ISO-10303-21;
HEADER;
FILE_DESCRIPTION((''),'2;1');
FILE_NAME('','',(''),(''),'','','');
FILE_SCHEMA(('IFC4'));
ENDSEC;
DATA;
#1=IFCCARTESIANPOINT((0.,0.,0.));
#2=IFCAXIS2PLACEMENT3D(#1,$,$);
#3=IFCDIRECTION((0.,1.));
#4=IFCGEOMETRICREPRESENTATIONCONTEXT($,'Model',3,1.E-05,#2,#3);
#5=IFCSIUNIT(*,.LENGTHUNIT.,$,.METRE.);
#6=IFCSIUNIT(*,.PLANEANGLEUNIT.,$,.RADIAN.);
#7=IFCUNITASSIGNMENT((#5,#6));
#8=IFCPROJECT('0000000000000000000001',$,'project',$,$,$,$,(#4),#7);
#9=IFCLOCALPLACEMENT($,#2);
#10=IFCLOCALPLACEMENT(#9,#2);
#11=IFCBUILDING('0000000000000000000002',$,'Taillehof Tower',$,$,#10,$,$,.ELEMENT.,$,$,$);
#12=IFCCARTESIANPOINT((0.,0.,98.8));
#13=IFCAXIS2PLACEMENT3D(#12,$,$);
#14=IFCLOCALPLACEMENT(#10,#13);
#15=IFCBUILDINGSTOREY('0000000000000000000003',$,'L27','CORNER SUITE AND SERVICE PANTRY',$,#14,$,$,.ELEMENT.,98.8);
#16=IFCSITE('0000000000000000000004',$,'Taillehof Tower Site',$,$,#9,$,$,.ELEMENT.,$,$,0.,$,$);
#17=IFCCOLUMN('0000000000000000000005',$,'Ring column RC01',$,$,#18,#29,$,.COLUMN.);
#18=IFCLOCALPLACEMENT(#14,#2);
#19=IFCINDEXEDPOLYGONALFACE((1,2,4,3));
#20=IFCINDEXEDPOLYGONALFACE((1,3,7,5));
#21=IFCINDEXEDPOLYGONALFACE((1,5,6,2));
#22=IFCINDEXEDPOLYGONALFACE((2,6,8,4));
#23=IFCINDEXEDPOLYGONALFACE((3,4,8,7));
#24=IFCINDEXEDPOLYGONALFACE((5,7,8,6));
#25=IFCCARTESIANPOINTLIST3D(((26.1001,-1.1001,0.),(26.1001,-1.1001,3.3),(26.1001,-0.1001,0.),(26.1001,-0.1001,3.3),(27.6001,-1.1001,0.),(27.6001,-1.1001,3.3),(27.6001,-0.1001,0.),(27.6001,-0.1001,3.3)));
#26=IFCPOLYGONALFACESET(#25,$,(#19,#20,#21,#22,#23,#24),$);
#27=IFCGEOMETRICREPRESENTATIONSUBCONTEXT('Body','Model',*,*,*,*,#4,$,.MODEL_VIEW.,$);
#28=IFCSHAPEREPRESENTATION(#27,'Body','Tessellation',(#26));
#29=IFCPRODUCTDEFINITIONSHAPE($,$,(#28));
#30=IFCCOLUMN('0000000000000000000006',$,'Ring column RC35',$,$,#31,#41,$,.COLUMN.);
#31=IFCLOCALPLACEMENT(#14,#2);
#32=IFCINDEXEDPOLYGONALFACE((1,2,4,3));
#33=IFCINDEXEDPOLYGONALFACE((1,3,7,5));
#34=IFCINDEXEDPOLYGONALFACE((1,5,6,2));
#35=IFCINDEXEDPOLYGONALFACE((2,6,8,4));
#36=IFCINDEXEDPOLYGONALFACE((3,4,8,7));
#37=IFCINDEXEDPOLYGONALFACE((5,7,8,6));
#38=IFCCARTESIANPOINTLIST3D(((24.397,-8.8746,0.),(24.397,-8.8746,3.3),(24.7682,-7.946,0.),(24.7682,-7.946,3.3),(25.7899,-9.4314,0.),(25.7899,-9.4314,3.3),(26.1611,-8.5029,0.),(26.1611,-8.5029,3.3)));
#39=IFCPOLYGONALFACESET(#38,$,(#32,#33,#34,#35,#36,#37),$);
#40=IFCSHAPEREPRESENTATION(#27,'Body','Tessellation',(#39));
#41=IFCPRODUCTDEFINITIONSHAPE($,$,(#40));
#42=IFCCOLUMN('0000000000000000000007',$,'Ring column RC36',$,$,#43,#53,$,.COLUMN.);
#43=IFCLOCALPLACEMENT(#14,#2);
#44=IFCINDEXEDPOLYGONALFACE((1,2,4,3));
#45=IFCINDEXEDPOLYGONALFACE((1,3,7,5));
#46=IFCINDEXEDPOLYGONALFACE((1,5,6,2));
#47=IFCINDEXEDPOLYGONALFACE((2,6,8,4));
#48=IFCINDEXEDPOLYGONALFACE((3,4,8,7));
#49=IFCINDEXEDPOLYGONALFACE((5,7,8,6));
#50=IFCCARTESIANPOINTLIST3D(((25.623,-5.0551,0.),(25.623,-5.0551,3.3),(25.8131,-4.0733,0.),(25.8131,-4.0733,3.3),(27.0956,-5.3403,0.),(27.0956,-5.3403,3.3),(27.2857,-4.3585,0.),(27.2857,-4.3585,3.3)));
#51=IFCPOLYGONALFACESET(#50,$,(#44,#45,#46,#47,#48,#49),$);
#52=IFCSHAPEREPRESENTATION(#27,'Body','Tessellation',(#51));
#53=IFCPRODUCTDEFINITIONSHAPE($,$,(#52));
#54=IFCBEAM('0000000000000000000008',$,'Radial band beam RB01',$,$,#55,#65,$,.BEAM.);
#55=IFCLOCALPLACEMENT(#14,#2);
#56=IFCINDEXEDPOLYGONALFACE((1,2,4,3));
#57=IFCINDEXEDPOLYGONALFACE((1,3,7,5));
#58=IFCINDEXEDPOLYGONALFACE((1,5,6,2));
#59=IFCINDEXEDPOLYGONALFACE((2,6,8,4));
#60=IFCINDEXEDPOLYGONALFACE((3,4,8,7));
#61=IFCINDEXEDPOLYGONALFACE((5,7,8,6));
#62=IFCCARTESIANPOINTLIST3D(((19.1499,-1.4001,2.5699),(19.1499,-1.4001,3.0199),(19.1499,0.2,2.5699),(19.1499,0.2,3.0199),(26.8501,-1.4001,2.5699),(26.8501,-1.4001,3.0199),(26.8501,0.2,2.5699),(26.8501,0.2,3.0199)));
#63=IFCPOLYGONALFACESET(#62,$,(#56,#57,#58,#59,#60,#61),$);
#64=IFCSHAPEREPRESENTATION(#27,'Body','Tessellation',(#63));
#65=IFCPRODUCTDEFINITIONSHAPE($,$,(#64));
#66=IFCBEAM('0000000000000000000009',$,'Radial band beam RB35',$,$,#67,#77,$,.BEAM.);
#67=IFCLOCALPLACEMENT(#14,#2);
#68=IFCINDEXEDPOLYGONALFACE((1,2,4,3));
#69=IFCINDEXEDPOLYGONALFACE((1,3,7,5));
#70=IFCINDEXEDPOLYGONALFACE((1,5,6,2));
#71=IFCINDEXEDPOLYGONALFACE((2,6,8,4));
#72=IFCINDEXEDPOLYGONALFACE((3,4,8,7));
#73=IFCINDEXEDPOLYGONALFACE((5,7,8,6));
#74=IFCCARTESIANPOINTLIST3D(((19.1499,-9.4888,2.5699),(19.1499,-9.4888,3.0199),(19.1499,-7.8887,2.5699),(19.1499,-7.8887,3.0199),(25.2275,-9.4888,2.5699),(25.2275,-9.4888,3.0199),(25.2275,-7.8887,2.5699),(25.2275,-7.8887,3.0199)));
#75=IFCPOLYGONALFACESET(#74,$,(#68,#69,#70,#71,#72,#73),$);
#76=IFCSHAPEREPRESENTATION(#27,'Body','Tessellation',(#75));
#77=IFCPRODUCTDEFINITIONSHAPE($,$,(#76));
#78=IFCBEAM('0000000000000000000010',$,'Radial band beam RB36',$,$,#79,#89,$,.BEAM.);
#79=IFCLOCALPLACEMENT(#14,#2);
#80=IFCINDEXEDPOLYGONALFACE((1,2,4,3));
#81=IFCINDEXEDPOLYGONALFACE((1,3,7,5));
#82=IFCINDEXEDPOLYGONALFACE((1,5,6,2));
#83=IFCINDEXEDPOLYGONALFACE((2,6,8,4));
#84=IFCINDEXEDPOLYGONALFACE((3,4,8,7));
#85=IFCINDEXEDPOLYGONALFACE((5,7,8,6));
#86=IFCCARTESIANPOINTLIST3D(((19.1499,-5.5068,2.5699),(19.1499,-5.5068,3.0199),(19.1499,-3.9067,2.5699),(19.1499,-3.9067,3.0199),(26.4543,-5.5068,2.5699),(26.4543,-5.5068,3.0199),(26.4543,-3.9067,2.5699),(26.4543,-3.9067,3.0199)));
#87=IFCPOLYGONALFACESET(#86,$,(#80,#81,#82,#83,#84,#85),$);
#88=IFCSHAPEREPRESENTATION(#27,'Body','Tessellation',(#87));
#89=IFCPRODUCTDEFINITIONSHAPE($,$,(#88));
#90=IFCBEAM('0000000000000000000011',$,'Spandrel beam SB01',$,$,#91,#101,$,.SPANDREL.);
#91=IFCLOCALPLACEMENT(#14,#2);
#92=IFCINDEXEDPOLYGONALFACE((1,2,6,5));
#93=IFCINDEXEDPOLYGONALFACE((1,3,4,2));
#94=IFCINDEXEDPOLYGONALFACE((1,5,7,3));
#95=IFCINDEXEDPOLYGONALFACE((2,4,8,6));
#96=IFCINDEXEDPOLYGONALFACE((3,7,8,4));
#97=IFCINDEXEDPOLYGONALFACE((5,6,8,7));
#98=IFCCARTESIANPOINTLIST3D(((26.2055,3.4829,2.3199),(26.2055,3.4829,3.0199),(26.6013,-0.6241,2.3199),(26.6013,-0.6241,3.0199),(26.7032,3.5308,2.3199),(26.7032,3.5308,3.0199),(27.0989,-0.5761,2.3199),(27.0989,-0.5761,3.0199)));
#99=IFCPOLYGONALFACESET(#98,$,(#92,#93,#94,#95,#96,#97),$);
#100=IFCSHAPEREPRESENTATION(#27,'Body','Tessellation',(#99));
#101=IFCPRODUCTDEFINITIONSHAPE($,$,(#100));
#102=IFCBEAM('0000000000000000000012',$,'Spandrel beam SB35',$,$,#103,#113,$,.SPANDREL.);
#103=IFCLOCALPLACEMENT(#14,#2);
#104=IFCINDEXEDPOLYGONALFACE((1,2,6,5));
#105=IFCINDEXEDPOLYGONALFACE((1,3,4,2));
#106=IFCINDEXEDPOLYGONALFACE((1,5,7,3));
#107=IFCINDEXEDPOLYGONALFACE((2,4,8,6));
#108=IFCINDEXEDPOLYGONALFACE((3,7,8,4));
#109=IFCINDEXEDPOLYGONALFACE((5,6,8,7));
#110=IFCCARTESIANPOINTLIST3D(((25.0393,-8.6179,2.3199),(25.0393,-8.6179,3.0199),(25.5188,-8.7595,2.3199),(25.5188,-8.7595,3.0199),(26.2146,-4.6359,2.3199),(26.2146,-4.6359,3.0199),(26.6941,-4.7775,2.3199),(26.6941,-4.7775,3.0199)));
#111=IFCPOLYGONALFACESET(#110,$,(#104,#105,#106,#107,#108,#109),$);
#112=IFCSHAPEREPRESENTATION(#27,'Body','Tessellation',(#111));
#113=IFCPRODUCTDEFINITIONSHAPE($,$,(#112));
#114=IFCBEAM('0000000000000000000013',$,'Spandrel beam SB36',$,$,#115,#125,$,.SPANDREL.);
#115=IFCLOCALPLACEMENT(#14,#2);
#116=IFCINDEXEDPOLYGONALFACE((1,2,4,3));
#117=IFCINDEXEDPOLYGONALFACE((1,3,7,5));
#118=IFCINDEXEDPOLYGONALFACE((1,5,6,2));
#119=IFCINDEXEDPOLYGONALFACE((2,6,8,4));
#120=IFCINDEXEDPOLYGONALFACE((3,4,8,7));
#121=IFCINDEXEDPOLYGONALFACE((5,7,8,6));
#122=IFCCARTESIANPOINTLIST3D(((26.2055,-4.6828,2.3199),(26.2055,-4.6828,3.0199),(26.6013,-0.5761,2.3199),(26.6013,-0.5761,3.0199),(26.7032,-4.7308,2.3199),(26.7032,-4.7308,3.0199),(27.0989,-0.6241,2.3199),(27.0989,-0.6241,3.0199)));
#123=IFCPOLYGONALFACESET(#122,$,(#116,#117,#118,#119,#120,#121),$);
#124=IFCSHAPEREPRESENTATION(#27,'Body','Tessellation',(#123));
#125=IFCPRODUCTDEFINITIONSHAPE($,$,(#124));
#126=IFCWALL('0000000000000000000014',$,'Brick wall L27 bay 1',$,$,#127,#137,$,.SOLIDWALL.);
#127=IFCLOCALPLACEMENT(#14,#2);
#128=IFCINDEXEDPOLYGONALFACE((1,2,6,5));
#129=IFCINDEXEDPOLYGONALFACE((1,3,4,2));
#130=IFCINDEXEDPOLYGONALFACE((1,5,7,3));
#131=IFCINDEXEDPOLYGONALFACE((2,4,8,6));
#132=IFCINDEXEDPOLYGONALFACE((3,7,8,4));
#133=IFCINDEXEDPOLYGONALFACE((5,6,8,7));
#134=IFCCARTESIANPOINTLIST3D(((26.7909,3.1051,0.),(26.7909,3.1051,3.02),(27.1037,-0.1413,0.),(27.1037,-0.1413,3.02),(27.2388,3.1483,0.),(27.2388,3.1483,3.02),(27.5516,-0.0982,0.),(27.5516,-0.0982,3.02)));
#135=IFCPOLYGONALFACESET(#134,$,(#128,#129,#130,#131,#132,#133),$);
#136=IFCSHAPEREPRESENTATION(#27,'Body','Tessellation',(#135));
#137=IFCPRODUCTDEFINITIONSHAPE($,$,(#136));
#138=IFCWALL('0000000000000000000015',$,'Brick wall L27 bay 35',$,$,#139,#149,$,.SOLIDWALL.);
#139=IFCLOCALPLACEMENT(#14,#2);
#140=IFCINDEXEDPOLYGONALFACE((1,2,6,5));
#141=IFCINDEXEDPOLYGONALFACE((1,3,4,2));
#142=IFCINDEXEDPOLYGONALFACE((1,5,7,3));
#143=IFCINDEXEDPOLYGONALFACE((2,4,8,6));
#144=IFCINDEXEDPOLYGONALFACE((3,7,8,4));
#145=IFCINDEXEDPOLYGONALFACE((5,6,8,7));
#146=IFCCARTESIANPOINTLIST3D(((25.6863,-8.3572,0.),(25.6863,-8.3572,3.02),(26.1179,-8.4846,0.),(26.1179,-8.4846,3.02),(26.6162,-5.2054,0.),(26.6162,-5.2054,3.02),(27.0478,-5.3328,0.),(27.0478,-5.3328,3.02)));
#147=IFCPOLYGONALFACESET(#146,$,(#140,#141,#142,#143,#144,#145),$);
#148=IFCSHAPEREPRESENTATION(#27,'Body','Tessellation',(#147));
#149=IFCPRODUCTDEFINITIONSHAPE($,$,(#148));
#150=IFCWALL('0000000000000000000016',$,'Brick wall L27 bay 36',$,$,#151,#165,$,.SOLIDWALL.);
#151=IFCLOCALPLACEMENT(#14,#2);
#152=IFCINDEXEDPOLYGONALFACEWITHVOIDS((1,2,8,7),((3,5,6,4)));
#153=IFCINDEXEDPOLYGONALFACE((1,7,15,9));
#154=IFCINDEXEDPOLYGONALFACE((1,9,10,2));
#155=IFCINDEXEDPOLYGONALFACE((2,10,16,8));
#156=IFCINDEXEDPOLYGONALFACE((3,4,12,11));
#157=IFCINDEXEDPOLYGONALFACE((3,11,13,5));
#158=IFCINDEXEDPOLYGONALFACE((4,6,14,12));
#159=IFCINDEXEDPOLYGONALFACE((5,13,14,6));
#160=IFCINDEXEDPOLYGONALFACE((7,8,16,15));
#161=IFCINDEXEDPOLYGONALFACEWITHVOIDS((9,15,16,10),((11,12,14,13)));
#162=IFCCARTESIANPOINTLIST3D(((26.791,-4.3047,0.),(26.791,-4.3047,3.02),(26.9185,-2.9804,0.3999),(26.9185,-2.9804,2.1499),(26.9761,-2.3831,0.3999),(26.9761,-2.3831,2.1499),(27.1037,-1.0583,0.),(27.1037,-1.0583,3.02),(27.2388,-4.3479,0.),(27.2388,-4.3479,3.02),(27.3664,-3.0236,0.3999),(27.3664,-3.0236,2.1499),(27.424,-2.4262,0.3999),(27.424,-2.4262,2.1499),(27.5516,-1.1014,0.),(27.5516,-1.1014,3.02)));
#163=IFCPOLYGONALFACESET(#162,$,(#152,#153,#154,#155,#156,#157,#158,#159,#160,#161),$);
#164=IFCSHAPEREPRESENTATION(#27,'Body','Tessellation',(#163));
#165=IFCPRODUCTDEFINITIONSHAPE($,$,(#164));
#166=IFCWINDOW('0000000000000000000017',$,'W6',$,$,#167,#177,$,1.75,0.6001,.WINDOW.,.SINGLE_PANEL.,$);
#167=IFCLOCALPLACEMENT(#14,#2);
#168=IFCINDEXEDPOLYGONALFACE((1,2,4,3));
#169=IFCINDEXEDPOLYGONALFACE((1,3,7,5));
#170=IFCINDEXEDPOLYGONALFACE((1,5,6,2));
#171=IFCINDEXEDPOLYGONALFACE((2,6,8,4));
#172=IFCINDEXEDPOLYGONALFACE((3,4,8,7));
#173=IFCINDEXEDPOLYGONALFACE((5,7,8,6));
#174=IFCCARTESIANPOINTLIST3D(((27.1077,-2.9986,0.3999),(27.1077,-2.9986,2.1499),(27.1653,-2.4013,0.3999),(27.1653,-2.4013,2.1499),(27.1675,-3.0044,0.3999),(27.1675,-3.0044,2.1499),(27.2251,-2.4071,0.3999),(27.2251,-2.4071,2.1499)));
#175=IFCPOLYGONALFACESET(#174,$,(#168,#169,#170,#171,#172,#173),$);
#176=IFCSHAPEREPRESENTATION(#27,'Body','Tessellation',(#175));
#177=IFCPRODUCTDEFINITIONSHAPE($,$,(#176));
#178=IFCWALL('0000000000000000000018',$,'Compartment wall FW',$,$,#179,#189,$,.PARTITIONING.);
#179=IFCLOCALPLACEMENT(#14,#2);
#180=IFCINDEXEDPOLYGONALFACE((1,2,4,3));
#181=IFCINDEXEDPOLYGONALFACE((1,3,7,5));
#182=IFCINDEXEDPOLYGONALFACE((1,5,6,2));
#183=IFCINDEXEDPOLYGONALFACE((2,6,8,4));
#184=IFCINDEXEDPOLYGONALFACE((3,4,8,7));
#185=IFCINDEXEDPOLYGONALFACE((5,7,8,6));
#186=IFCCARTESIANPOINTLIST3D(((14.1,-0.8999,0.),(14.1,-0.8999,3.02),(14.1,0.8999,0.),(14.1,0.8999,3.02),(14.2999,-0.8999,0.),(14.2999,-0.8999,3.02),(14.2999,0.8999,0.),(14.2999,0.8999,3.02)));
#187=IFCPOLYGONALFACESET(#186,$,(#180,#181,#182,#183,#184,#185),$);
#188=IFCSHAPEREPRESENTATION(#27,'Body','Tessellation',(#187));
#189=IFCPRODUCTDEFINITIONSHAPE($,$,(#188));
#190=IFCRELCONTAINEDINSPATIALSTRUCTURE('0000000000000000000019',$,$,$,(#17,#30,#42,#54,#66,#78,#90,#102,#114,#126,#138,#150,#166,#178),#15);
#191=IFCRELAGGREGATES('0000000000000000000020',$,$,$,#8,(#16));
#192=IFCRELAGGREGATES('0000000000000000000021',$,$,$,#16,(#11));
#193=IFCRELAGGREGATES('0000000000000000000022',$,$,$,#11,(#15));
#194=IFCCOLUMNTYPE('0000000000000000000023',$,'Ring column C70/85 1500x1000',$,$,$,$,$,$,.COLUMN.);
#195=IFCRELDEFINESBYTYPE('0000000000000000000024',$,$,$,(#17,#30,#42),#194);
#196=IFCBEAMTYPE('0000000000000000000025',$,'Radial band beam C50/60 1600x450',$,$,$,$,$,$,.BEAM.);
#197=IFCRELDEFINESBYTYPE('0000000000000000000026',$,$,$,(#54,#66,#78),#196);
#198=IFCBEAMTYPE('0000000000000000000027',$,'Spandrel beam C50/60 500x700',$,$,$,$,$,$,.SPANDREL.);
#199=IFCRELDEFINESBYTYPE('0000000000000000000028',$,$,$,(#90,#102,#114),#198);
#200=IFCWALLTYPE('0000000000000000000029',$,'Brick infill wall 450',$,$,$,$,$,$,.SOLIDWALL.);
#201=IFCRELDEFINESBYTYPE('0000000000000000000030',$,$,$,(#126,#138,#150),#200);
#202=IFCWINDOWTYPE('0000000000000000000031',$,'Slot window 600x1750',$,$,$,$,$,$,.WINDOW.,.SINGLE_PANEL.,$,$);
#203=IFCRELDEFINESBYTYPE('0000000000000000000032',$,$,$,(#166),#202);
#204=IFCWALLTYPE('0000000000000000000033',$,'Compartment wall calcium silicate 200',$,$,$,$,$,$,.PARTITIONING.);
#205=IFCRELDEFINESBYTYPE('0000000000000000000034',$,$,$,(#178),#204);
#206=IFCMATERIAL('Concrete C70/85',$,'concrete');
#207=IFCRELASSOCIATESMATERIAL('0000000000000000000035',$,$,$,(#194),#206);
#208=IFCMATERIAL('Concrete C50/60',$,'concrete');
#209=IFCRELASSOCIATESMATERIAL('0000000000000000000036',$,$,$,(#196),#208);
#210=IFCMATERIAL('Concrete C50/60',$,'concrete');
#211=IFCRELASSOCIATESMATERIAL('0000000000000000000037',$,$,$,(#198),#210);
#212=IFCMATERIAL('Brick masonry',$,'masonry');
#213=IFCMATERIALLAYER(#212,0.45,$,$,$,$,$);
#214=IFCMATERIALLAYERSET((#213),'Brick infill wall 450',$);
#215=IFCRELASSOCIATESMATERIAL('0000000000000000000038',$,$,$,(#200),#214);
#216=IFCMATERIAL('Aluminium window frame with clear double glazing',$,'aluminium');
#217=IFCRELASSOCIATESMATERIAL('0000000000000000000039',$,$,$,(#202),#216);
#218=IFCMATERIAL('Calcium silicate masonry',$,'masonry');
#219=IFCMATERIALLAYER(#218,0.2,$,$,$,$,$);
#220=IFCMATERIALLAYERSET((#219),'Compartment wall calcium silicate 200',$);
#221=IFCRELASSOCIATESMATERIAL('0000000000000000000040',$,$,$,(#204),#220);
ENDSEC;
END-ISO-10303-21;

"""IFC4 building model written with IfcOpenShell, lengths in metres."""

from ifc_helpers import new_model, si_unit, direction, frame, frame_2d, origin, origin_2d, place, context, subcontext, project, spatial, rectangle, extrude, material, layer, layer_set, material_profile, profile_set, type_object, element, fill, save


model = new_model("IFC4")

# Units and contexts
model_context = context("Model", 3, precision=1e-05, world=origin(), true_north=direction((0.0, 1.0)))
body_context = subcontext(model_context, "Body", "Model", "MODEL_VIEW")
ifc_project = project(units=[si_unit("LENGTHUNIT", "METRE"), si_unit("PLANEANGLEUNIT", "RADIAN")], contexts=[model_context])

# Site, building, storey
site_placement = place(None, origin())
site = spatial("IfcSite", under=ifc_project, at=site_placement, Name="Taillehof Tower Site", CompositionType="ELEMENT", RefElevation=0.0)
building_placement = place(site_placement, origin())
building = spatial("IfcBuilding", under=site, at=building_placement, Name="Taillehof Tower", CompositionType="ELEMENT")
storey_placement = place(building_placement, frame((0.0, 0.0, 98.8)))
storey = spatial("IfcBuildingStorey", under=building, at=storey_placement, Name="L27", Description="CORNER SUITE AND SERVICE PANTRY", CompositionType="ELEMENT", Elevation=98.8)

# Columns
ifc_material_1 = material(Name="Concrete C70/85", Category="concrete")
ifc_material_profile_1 = material_profile(ifc_material_1, rectangle(XDim=1.5, YDim=1.0, at=origin_2d()), Name="RC 1500x1000")
ifc_profile_set_1 = profile_set([ifc_material_profile_1], Name="Concrete C70/85")
column_type = type_object("IfcColumnType", Name="Ring column C70/85 1500x1000", PredefinedType="COLUMN", material=ifc_profile_set_1)
for number, where, z_axis, x_axis, name in (
    (1, (26.8501, -0.6001, 0.0), (0.0, 0.0, 1.0), (1.0, 0.0, 0.0), "Ring column RC01"),
    (2, (25.2791, -8.6887, 0.0), (0.0, 0.0, 1.0), (0.92855, -0.371207, 0.0), "Ring column RC35"),
    (3, (26.4543, -4.7068, 0.0), (0.0, 0.0, 1.0), (0.981757, -0.190138, 0.0), "Ring column RC36"),
):
    element("IfcColumn", number, at=place(storey_placement, frame(where, z_axis=z_axis, x_axis=x_axis)), inside=storey, type_object=column_type, Name=name, PredefinedType="COLUMN", context=body_context, shape_type="SweptSolid", body=[
        extrude(rectangle(XDim=1.5, YDim=1.0, at=origin_2d()), origin(), (0.0, 0.0, 1.0), 3.3),
    ])

# Beams
ifc_material_2 = material(Name="Concrete C50/60", Category="concrete")
ifc_material_profile_2 = material_profile(ifc_material_2, rectangle(XDim=1.6001, YDim=0.45, at=origin_2d()), Name="RC 1600x450")
ifc_profile_set_2 = profile_set([ifc_material_profile_2], Name="Concrete C50/60")
beam_type_1 = type_object("IfcBeamType", Name="Radial band beam C50/60 1600x450", PredefinedType="BEAM", material=ifc_profile_set_2)
beam_1_placement = place(storey_placement, frame((26.8501, -0.6001, 2.7949), z_axis=(-1.0, 0.0, 0.0), x_axis=(0.0, -1.0, 0.0)))
element("IfcBeam", 4, at=beam_1_placement, inside=storey, type_object=beam_type_1, Name="Radial band beam RB01", PredefinedType="BEAM", context=body_context, shape_type="SweptSolid", body=[
    extrude(rectangle(XDim=1.6001, YDim=0.45, at=origin_2d()), origin(), (0.0, 0.0, 1.0), 7.7002),
])
beam_2_placement = place(storey_placement, frame((25.2275, -8.6887, 2.7949), z_axis=(-1.0, 0.0, 0.0), x_axis=(0.0, -1.0, 0.0)))
element("IfcBeam", 5, at=beam_2_placement, inside=storey, type_object=beam_type_1, Name="Radial band beam RB35", PredefinedType="BEAM", context=body_context, shape_type="SweptSolid", body=[
    extrude(rectangle(XDim=1.6001, YDim=0.45, at=origin_2d()), origin(), (0.0, 0.0, 1.0), 6.0776),
])
beam_3_placement = place(storey_placement, frame((26.4543, -4.7068, 2.7949), z_axis=(-1.0, 0.0, 0.0), x_axis=(0.0, -1.0, 0.0)))
element("IfcBeam", 6, at=beam_3_placement, inside=storey, type_object=beam_type_1, Name="Radial band beam RB36", PredefinedType="BEAM", context=body_context, shape_type="SweptSolid", body=[
    extrude(rectangle(XDim=1.6001, YDim=0.45, at=origin_2d()), origin(), (0.0, 0.0, 1.0), 7.3044),
])
ifc_material_3 = material(Name="Concrete C50/60", Category="concrete")
ifc_material_profile_3 = material_profile(ifc_material_3, rectangle(XDim=0.5, YDim=0.7, at=origin_2d()), Name="RC 500x700")
ifc_profile_set_3 = profile_set([ifc_material_profile_3], Name="Concrete C50/60")
beam_type_2 = type_object("IfcBeamType", Name="Spandrel beam C50/60 500x700", PredefinedType="SPANDREL", material=ifc_profile_set_3)
beam_4_placement = place(storey_placement, frame((26.8501, -0.6001, 2.6699), z_axis=(-0.095918, 0.995389, 0.0), x_axis=(-0.995389, -0.095918, 0.0)))
element("IfcBeam", 7, at=beam_4_placement, inside=storey, type_object=beam_type_2, Name="Spandrel beam SB01", PredefinedType="SPANDREL", context=body_context, shape_type="SweptSolid", body=[
    extrude(rectangle(XDim=0.5, YDim=0.7, at=origin_2d()), origin(), (0.0, 0.0, 1.0), 4.126),
])
beam_5_placement = place(storey_placement, frame((25.2791, -8.6887, 2.6699), z_axis=(0.283083, 0.959095, 0.0), x_axis=(-0.959095, 0.283083, 0.0)))
element("IfcBeam", 8, at=beam_5_placement, inside=storey, type_object=beam_type_2, Name="Spandrel beam SB35", PredefinedType="SPANDREL", context=body_context, shape_type="SweptSolid", body=[
    extrude(rectangle(XDim=0.5, YDim=0.7, at=origin_2d()), origin(), (0.0, 0.0, 1.0), 4.1519),
])
beam_6_placement = place(storey_placement, frame((26.4543, -4.7068, 2.6699), z_axis=(0.095923, 0.995389, 0.0), x_axis=(-0.995389, 0.095923, 0.0)))
element("IfcBeam", 9, at=beam_6_placement, inside=storey, type_object=beam_type_2, Name="Spandrel beam SB36", PredefinedType="SPANDREL", context=body_context, shape_type="SweptSolid", body=[
    extrude(rectangle(XDim=0.5, YDim=0.7, at=origin_2d()), origin(), (0.0, 0.0, 1.0), 4.1257),
])

# Walls
ifc_material_4 = material(Name="Brick masonry", Category="masonry")
ifc_layer_1 = layer(ifc_material_4, 0.45)
ifc_layer_set_1 = layer_set([ifc_layer_1], Name="Brick infill wall 450")
wall_type_1 = type_object("IfcWallType", Name="Brick infill wall 450", PredefinedType="SOLIDWALL", material=ifc_layer_set_1)
wall_1_placement = place(storey_placement, frame((27.3276, -0.1199, 0.0), z_axis=(0.0, 0.0, 1.0), x_axis=(-0.095894, 0.995392, 0.0)))
element("IfcWall", 10, at=wall_1_placement, inside=storey, type_object=wall_type_1, Name="Brick wall L27 bay 1", PredefinedType="SOLIDWALL", context=body_context, shape_type="SweptSolid", body=[
    extrude(rectangle(XDim=3.2615, YDim=0.45, at=frame_2d((1.6309, 0.0))), origin(), (0.0, 0.0, 1.0), 3.02),
])
wall_2_placement = place(storey_placement, frame((25.9021, -8.4209, 0.0), z_axis=(0.0, 0.0, 1.0), x_axis=(0.282983, 0.959125, 0.0)))
element("IfcWall", 11, at=wall_2_placement, inside=storey, type_object=wall_type_1, Name="Brick wall L27 bay 35", PredefinedType="SOLIDWALL", context=body_context, shape_type="SweptSolid", body=[
    extrude(rectangle(XDim=3.2861, YDim=0.45, at=frame_2d((1.6431, 0.0))), origin(), (0.0, 0.0, 1.0), 3.02),
])

# Wall, opening, window
wall_3_placement = place(storey_placement, frame((27.0149, -4.3264, 0.0), z_axis=(0.0, 0.0, 1.0), x_axis=(0.095894, 0.995392, 0.0)))
wall_3 = element("IfcWall", 12, at=wall_3_placement, inside=storey, type_object=wall_type_1, Name="Brick wall L27 bay 36", PredefinedType="SOLIDWALL", context=body_context, shape_type="SweptSolid", body=[
    extrude(rectangle(XDim=3.2615, YDim=0.45, at=frame_2d((1.6309, 0.0))), origin(), (0.0, 0.0, 1.0), 3.02),
])
opening_1_placement = place(wall_3_placement, frame((1.3306, 0.0, 0.3999)))
opening_1 = element("IfcOpeningElement", 13, at=opening_1_placement, cuts=wall_3, PredefinedType="OPENING", context=body_context, shape_type="SweptSolid", body=[
    extrude(rectangle(XDim=0.6001, YDim=1.75, at=frame_2d((0.3, 0.875))), frame((0.0, 0.2349, 0.0), z_axis=(0.0, -1.0, 0.0), x_axis=(1.0, 0.0, 0.0)), (0.0, 0.0, 1.0), 0.47),
])
ifc_material_5 = material(Name="Aluminium window frame with clear double glazing", Category="aluminium")
window_type = type_object("IfcWindowType", Name="Slot window 600x1750", PartitioningType="SINGLE_PANEL", PredefinedType="WINDOW", material=ifc_material_5)
window_placement = place(opening_1_placement, origin())
window = element("IfcWindow", 14, at=window_placement, inside=storey, type_object=window_type, Name="W6", OverallHeight=1.75, OverallWidth=0.6001, PartitioningType="SINGLE_PANEL", PredefinedType="WINDOW", context=body_context, shape_type="SweptSolid", body=[
    extrude(rectangle(XDim=0.6001, YDim=1.75, at=frame_2d((0.3, 0.875))), frame((0.0, 0.0349, 0.0), z_axis=(0.0, -1.0, 0.0), x_axis=(1.0, 0.0, 0.0)), (0.0, 0.0, 1.0), 0.0601),
])
fill(opening_1, window)

# Wall
ifc_material_6 = material(Name="Calcium silicate masonry", Category="masonry")
ifc_layer_2 = layer(ifc_material_6, 0.2)
ifc_layer_set_2 = layer_set([ifc_layer_2], Name="Compartment wall calcium silicate 200")
wall_type_2 = type_object("IfcWallType", Name="Compartment wall calcium silicate 200", PredefinedType="PARTITIONING", material=ifc_layer_set_2)
wall_4_placement = place(storey_placement, frame((14.2, -0.8999, 0.0), z_axis=(0.0, 0.0, 1.0), x_axis=(0.0, 1.0, 0.0)))
element("IfcWall", 15, at=wall_4_placement, inside=storey, type_object=wall_type_2, Name="Compartment wall FW", PredefinedType="PARTITIONING", context=body_context, shape_type="SweptSolid", body=[
    extrude(rectangle(XDim=1.7998, YDim=0.2, at=frame_2d((0.8999, 0.0))), origin(), (0.0, 0.0, 1.0), 3.02),
])

save(model, "model.ifc")
